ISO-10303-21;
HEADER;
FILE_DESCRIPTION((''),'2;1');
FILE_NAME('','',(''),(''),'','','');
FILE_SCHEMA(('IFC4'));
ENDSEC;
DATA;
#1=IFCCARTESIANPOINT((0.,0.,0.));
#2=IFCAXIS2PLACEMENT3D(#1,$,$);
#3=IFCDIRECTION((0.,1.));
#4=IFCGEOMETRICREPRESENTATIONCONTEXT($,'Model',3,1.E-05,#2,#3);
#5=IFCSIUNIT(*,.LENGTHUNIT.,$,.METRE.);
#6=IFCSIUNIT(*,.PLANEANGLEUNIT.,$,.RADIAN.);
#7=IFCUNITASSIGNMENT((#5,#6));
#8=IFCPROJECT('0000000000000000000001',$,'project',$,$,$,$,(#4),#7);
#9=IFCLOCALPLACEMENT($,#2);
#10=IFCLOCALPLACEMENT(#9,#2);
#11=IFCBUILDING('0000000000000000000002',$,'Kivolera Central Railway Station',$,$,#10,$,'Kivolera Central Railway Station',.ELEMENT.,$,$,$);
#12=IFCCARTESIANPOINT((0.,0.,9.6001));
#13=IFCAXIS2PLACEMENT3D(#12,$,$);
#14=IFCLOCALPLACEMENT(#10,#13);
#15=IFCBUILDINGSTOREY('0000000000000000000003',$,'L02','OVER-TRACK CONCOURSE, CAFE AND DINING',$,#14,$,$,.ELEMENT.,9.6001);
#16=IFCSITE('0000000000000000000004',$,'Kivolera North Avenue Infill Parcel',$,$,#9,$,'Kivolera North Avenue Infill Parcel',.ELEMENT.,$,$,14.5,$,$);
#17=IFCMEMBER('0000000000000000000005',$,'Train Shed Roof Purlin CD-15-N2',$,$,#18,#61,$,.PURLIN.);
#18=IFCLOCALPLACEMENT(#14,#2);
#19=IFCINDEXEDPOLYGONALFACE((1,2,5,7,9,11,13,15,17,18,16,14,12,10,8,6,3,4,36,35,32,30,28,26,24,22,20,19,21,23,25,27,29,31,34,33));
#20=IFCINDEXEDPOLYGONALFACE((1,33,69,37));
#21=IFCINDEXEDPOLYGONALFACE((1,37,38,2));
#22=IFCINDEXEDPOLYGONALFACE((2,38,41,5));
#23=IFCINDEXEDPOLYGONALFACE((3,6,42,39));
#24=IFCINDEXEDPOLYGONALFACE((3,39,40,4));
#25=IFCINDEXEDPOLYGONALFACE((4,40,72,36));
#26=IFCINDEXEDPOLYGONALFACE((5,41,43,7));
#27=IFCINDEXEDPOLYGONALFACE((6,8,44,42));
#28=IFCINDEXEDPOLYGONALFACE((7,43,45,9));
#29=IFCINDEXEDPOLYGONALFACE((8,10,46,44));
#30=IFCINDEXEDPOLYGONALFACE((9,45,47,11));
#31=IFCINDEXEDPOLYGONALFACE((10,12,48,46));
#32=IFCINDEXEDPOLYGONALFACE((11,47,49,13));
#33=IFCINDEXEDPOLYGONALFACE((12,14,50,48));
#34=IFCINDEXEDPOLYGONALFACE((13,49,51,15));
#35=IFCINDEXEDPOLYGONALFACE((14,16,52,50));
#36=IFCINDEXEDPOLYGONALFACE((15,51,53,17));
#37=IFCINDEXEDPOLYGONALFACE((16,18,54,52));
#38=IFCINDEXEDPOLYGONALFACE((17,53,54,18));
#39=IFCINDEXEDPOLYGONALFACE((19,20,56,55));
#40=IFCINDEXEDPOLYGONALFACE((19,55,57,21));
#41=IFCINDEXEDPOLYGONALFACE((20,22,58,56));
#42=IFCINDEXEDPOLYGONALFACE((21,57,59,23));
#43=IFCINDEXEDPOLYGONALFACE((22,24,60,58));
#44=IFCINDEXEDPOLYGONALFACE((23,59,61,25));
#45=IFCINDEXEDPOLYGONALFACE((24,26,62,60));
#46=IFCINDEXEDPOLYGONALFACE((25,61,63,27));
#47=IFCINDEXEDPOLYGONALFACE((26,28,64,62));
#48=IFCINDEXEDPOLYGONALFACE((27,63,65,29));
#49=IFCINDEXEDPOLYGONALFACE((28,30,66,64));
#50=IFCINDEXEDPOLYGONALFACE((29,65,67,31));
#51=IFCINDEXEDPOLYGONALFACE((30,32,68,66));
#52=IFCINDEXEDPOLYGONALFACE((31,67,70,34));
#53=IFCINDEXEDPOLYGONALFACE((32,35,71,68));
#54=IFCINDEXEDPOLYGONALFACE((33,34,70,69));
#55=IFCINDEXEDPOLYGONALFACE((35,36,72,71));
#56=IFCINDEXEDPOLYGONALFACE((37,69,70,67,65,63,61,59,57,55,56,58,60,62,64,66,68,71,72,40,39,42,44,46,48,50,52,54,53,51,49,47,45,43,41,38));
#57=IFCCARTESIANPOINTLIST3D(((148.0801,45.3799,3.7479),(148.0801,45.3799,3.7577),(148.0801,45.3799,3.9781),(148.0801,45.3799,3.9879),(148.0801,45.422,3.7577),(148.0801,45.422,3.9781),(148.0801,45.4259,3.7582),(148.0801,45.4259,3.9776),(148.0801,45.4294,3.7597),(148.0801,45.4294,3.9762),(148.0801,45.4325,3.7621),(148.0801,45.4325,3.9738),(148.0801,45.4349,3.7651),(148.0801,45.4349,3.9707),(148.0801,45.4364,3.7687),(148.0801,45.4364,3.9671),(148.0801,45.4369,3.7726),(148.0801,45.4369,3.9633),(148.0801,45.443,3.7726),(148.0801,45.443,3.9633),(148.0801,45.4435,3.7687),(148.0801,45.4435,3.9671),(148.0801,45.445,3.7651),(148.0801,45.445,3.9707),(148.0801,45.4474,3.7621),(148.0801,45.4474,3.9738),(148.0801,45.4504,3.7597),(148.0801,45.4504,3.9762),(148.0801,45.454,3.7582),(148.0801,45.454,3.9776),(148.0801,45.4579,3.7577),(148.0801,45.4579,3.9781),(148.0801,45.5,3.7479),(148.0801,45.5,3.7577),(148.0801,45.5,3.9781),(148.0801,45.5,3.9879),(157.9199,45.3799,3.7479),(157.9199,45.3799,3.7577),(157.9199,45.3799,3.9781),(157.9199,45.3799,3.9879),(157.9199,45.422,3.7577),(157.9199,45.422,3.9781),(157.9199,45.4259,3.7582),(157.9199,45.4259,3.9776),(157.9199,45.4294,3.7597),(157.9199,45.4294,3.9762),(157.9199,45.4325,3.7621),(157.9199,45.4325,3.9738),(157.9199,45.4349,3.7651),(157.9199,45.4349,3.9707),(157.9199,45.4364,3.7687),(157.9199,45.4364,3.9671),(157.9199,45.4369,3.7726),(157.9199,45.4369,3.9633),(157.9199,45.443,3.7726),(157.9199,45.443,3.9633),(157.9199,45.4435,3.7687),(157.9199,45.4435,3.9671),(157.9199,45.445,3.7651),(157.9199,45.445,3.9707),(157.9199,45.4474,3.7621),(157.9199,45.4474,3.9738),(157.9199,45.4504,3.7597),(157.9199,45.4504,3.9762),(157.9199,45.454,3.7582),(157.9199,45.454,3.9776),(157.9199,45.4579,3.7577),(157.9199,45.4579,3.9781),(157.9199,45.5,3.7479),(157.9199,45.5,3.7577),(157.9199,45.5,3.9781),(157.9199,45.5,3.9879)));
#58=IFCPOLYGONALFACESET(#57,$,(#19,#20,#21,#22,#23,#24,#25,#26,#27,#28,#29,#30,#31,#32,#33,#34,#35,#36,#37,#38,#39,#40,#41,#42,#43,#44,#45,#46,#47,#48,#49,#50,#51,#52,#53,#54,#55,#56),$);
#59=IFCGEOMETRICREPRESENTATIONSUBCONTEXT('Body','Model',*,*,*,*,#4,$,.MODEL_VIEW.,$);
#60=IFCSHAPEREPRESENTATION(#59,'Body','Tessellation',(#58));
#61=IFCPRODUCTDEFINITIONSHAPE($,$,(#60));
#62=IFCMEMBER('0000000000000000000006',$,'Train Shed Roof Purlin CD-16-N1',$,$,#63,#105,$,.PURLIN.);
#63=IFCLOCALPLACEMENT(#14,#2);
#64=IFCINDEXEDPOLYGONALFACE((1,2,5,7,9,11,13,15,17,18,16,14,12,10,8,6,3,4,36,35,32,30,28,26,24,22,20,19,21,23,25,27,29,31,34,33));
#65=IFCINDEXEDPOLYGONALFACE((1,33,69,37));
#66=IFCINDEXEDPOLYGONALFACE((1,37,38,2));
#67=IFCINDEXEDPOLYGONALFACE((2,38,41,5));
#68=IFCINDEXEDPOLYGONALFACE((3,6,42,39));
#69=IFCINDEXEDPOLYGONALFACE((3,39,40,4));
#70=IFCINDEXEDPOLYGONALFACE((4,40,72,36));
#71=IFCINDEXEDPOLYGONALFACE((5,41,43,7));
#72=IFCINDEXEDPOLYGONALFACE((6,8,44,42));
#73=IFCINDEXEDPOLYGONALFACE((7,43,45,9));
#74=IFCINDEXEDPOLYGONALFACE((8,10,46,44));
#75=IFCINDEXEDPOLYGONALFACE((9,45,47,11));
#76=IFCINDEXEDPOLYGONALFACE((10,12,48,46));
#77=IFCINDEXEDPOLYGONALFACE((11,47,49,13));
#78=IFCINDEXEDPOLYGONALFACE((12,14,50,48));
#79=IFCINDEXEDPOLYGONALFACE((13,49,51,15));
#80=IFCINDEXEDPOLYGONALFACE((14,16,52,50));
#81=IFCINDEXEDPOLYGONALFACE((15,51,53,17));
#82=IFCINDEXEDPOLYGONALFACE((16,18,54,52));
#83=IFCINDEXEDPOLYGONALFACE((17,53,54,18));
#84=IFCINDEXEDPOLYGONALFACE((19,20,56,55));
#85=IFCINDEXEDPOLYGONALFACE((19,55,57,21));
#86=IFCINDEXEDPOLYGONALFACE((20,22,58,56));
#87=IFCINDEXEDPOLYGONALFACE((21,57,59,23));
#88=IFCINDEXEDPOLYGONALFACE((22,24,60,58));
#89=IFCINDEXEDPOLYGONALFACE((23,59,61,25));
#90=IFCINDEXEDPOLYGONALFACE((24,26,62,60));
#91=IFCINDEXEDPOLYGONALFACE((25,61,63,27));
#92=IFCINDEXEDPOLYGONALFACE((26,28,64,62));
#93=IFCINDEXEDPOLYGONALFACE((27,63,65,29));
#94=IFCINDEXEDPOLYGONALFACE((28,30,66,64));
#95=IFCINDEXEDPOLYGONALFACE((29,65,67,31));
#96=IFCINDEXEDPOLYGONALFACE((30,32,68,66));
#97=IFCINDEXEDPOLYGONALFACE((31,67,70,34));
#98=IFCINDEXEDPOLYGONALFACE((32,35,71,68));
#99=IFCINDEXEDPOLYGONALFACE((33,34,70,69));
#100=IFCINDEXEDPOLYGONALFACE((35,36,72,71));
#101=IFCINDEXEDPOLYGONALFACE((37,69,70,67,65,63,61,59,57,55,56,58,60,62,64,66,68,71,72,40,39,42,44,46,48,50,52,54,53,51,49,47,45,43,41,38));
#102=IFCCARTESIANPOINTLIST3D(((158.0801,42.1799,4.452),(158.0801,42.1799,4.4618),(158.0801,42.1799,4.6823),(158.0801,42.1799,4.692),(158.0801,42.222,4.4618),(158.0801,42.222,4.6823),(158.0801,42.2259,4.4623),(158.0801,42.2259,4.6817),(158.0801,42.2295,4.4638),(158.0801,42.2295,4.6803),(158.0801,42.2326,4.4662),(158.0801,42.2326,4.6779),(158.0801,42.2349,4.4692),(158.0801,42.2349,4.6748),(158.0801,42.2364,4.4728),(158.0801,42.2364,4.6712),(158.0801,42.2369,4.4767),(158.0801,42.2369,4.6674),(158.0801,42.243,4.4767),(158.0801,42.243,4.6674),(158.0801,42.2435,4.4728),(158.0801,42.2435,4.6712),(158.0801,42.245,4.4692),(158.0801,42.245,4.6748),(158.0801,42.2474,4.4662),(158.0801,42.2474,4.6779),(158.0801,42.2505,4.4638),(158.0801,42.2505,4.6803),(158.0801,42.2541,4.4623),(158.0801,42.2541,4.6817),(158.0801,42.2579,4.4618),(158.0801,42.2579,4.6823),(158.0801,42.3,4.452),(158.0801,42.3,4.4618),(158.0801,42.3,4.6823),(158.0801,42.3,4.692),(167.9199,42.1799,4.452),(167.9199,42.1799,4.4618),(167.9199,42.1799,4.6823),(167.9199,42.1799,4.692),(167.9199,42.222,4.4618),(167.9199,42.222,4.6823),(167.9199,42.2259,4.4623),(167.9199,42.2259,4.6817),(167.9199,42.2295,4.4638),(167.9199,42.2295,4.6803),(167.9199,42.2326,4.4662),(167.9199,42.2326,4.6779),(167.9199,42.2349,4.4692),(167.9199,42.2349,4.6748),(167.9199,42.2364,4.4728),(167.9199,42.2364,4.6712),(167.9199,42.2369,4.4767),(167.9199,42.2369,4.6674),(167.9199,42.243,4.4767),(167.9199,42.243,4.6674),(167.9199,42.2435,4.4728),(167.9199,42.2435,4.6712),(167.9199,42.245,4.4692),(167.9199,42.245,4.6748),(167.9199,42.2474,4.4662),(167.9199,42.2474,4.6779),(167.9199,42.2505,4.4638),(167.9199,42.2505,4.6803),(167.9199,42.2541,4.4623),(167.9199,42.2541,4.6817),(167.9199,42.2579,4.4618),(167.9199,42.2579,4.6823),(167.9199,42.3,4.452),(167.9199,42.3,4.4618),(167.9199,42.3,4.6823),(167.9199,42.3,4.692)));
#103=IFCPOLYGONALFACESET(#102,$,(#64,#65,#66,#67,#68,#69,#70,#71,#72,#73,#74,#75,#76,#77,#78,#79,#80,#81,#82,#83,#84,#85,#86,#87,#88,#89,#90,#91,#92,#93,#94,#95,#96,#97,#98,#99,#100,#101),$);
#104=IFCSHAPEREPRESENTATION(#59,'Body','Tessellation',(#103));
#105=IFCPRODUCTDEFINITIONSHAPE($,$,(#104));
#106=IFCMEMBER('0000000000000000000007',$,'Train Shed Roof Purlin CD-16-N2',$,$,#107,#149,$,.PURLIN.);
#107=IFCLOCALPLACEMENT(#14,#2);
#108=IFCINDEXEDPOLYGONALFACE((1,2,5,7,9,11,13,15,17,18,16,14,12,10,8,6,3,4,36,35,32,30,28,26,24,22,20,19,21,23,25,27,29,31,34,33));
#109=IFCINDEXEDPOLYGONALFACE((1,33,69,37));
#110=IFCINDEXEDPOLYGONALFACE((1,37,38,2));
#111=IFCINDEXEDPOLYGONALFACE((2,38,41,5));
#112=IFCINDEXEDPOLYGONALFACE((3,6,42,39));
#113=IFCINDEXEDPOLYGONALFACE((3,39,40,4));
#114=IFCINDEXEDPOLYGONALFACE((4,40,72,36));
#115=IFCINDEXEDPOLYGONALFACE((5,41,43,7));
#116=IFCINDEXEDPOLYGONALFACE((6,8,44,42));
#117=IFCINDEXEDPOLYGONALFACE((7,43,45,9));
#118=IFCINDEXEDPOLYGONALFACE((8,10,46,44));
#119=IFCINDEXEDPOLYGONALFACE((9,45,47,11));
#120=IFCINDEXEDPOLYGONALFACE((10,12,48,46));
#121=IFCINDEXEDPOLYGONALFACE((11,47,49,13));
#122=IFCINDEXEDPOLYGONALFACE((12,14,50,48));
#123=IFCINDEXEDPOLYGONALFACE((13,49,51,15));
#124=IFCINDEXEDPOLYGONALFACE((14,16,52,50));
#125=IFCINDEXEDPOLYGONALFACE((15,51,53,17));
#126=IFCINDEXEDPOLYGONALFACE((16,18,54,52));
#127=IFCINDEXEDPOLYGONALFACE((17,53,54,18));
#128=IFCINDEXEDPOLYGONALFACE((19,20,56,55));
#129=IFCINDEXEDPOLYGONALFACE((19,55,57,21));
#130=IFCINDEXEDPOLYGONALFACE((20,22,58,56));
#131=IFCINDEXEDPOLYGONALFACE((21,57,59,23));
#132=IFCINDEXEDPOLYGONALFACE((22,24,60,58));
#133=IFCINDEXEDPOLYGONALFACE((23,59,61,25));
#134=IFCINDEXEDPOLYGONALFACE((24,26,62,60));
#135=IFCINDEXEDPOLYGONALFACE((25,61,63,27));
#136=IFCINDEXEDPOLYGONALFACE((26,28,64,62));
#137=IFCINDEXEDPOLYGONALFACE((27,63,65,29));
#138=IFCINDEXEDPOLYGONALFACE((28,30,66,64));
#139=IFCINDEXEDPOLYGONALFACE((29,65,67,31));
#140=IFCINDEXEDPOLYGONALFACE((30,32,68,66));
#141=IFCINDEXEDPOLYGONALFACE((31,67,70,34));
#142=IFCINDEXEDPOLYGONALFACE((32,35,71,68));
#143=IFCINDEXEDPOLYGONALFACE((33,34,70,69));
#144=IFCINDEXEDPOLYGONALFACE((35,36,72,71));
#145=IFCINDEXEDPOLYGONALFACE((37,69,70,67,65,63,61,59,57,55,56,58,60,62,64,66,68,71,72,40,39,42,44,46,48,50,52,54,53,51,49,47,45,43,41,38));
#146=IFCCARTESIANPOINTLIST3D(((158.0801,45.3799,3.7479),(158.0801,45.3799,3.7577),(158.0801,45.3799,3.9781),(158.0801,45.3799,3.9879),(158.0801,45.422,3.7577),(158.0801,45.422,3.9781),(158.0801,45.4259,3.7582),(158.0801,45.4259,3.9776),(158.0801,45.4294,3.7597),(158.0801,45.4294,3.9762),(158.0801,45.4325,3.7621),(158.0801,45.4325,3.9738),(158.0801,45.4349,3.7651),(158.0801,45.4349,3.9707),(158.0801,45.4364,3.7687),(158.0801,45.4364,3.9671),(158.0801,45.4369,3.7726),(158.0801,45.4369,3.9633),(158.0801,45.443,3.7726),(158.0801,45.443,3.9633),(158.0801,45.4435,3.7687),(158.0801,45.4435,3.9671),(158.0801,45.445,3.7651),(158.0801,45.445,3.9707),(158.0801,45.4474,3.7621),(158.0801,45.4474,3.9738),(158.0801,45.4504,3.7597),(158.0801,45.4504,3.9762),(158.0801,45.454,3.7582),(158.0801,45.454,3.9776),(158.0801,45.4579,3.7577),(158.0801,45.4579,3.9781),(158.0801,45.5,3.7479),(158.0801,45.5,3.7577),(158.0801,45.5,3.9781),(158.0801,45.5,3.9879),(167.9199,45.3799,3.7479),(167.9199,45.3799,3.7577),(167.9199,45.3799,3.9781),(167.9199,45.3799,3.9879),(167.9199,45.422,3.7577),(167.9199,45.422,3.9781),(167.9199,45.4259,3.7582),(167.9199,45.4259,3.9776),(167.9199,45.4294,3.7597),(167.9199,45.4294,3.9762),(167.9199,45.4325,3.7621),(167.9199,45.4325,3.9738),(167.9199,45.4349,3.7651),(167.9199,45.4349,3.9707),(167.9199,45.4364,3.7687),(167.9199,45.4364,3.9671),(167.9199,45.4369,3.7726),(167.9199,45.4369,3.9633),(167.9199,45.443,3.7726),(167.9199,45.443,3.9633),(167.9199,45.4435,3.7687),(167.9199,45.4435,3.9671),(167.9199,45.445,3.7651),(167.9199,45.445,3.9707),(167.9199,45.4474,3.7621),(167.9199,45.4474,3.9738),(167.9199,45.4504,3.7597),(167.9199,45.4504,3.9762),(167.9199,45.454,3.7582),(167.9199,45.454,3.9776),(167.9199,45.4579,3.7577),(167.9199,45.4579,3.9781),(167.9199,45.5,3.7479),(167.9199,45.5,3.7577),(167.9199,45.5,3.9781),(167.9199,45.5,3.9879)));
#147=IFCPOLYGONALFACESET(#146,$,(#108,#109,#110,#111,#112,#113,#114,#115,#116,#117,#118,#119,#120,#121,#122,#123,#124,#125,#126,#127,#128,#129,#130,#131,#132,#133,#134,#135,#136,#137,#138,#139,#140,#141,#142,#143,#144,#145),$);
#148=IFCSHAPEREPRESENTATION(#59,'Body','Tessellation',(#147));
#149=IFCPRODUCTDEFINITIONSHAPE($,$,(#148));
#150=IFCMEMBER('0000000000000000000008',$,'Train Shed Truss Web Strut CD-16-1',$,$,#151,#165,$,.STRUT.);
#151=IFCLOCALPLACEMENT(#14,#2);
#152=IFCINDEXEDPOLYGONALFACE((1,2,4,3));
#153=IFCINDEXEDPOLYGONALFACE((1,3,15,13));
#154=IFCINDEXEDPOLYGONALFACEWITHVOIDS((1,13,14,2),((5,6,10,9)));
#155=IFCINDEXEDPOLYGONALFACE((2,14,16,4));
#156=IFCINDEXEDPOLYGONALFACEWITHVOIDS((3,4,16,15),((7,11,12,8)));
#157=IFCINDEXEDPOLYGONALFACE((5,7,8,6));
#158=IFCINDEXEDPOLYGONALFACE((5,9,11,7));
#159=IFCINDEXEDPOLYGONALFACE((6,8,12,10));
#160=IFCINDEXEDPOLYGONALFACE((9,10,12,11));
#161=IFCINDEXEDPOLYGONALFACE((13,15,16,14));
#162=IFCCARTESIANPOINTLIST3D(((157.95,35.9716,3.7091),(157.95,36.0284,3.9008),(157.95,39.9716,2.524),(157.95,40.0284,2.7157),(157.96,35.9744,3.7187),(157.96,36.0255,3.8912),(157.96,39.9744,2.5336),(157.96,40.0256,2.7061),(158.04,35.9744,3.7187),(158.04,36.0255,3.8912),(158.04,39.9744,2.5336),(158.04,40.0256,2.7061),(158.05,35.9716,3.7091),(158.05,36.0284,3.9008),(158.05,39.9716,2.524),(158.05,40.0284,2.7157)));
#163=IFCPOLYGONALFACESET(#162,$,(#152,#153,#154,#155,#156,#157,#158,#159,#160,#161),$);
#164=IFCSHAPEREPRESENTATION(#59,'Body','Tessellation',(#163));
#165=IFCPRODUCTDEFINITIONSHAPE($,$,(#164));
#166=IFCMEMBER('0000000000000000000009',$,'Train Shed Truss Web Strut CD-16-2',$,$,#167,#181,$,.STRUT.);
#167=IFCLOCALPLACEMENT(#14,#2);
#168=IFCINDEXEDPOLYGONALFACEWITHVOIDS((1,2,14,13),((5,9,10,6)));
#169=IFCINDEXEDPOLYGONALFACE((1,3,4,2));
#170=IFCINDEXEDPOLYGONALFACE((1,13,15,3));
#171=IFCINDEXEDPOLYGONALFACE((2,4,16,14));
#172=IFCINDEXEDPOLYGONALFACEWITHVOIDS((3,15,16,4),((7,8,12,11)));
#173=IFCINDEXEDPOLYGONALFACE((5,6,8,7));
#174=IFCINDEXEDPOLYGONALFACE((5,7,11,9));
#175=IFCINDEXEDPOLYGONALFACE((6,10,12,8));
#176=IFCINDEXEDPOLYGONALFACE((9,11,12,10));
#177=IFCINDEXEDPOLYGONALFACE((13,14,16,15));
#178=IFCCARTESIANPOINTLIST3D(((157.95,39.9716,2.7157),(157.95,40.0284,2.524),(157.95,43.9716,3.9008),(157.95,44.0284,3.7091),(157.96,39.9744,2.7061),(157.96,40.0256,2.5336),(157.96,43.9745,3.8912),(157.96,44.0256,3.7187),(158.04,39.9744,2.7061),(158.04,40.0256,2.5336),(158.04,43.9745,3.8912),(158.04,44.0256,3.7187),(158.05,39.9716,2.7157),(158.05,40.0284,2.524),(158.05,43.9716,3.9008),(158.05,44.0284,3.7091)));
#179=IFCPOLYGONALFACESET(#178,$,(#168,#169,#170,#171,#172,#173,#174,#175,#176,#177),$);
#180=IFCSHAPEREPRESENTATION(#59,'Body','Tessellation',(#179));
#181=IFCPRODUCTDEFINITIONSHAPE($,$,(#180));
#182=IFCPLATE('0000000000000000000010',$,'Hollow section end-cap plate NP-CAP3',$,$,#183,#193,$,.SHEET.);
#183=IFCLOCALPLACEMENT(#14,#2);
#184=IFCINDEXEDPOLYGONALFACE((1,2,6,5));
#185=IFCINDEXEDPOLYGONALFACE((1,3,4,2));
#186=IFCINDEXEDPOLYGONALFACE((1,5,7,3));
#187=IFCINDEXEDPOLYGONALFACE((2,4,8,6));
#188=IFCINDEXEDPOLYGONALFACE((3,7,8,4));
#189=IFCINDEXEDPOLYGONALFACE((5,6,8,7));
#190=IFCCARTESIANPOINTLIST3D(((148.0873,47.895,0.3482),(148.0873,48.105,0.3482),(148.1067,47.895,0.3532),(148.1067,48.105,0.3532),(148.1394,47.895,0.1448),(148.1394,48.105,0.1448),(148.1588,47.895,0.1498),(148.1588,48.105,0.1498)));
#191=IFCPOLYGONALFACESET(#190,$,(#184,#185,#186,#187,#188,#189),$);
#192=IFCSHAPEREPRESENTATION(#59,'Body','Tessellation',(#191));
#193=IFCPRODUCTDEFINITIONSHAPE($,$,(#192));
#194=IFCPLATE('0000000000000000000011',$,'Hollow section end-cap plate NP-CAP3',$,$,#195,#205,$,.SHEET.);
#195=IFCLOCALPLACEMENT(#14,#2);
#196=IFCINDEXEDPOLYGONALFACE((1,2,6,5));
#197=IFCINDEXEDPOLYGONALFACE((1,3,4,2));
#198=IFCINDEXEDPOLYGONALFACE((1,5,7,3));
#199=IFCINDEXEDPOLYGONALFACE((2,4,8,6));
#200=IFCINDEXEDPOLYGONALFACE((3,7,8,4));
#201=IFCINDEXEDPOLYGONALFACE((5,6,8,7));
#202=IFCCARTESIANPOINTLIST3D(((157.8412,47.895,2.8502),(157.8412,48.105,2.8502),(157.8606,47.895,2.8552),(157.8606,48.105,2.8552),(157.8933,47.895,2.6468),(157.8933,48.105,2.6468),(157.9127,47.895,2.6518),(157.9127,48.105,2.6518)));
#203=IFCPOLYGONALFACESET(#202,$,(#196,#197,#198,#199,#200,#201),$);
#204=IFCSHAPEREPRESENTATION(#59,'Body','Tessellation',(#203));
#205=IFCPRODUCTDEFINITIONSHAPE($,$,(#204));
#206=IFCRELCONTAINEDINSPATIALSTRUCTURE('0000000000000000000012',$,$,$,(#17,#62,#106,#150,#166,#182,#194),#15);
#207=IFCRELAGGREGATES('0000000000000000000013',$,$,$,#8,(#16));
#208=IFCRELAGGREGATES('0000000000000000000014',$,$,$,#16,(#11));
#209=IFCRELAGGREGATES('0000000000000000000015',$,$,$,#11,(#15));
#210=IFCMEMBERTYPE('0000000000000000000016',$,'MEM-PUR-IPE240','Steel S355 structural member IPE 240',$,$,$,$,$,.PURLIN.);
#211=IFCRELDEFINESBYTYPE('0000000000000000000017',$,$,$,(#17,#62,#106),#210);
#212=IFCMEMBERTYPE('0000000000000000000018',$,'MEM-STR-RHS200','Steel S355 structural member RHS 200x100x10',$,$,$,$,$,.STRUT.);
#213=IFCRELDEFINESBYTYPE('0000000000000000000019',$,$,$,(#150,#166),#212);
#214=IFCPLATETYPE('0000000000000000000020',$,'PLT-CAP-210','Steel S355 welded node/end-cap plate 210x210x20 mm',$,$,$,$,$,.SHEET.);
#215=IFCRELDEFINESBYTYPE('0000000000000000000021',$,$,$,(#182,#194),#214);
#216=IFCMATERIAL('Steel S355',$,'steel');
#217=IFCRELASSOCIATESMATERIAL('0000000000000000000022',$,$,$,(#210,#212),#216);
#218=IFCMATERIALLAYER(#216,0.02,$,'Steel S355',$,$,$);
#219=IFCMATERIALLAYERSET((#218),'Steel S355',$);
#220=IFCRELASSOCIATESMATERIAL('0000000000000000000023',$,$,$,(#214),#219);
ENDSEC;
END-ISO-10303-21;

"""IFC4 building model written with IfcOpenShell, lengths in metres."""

from ifc_helpers import new_model, si_unit, direction, frame, origin, origin_2d, place, context, subcontext, project, spatial, rectangle, hollow_rectangle, i_section, extrude, material, layer, layer_set, material_profile, profile_set, type_object, element, save


model = new_model("IFC4")

# Units and contexts
model_context = context("Model", 3, precision=1e-05, world=origin(), true_north=direction((0.0, 1.0)))
body_context = subcontext(model_context, "Body", "Model", "MODEL_VIEW")
ifc_project = project(units=[si_unit("LENGTHUNIT", "METRE"), si_unit("PLANEANGLEUNIT", "RADIAN")], contexts=[model_context])

# Site, building, storey
site_placement = place(None, origin())
site = spatial("IfcSite", under=ifc_project, at=site_placement, Name="Kivolera North Avenue Infill Parcel", LongName="Kivolera North Avenue Infill Parcel", CompositionType="ELEMENT", RefElevation=14.5)
building_placement = place(site_placement, origin())
building = spatial("IfcBuilding", under=site, at=building_placement, Name="Kivolera Central Railway Station", LongName="Kivolera Central Railway Station", CompositionType="ELEMENT")
storey_placement = place(building_placement, frame((0.0, 0.0, 9.6001)))
storey = spatial("IfcBuildingStorey", under=building, at=storey_placement, Name="L02", Description="OVER-TRACK CONCOURSE, CAFE AND DINING", CompositionType="ELEMENT", Elevation=9.6001)

# Shared definitions
ifc_material_1 = material(Name="Steel S355", Category="steel")

# Members
ifc_material_profile_1 = material_profile(ifc_material_1, i_section(OverallWidth=0.1201, OverallDepth=0.24, WebThickness=0.0061, FlangeThickness=0.0098, FilletRadius=0.0149, at=origin_2d()), Name="IPE 240")
ifc_profile_set_1 = profile_set([ifc_material_profile_1], Name="Steel S355")
member_type_1 = type_object("IfcMemberType", Name="MEM-PUR-IPE240", Description="Steel S355 structural member IPE 240", PredefinedType="PURLIN", material=ifc_profile_set_1)
for number, where, z_axis, x_axis, name in (
    (1, (148.0801, 45.4399, 3.8679), (1.0, 0.0, 0.0), (0.0, 1.0, 0.0), "Train Shed Roof Purlin CD-15-N2"),
    (2, (158.0801, 42.24, 4.572), (1.0, 0.0, 0.0), (0.0, 1.0, 0.0), "Train Shed Roof Purlin CD-16-N1"),
    (3, (158.0801, 45.4399, 3.8679), (1.0, 0.0, 0.0), (0.0, 1.0, 0.0), "Train Shed Roof Purlin CD-16-N2"),
):
    element("IfcMember", number, at=place(storey_placement, frame(where, z_axis=z_axis, x_axis=x_axis)), inside=storey, type_object=member_type_1, Name=name, PredefinedType="PURLIN", context=body_context, shape_type="SweptSolid", body=[
        extrude(i_section(OverallWidth=0.1201, OverallDepth=0.24, WebThickness=0.0061, FlangeThickness=0.0098, FilletRadius=0.0149, at=origin_2d()), origin(), (0.0, 0.0, 1.0), 9.8398),
    ])
ifc_material_profile_2 = material_profile(ifc_material_1, hollow_rectangle(XDim=0.1001, YDim=0.2, WallThickness=0.01, at=origin_2d()), Name="RHS 200x100x10")
ifc_profile_set_2 = profile_set([ifc_material_profile_2], Name="Steel S355")
member_type_2 = type_object("IfcMemberType", Name="MEM-STR-RHS200", Description="Steel S355 structural member RHS 200x100x10", PredefinedType="STRUT", material=ifc_profile_set_2)
for number, where, z_axis, x_axis, name in (
    (4, (158.0, 40.0, 2.6199), (0.0, -0.958806, 0.28406), (1.0, 0.0, 0.0), "Train Shed Truss Web Strut CD-16-1"),
    (5, (158.0, 40.0, 2.6199), (0.0, 0.958806, 0.28406), (-1.0, 0.0, 0.0), "Train Shed Truss Web Strut CD-16-2"),
):
    element("IfcMember", number, at=place(storey_placement, frame(where, z_axis=z_axis, x_axis=x_axis)), inside=storey, type_object=member_type_2, Name=name, PredefinedType="STRUT", context=body_context, shape_type="SweptSolid", body=[
        extrude(hollow_rectangle(XDim=0.1001, YDim=0.2, WallThickness=0.01, at=origin_2d()), origin(), (0.0, 0.0, 1.0), 4.1719),
    ])

# Plates
ifc_layer_1 = layer(ifc_material_1, 0.02, Name="Steel S355")
ifc_layer_set_1 = layer_set([ifc_layer_1], Name="Steel S355")
plate_type_1 = type_object("IfcPlateType", Name="PLT-CAP-210", Description="Steel S355 welded node/end-cap plate 210x210x20 mm", PredefinedType="SHEET", material=ifc_layer_set_1)
for number, where, z_axis, x_axis, name in (
    (6, (148.123, 48.0, 0.249), (0.968639, 0.0, 0.248471), (0.0, 1.0, 0.0), "Hollow section end-cap plate NP-CAP3"),
    (7, (157.877, 48.0, 2.751), (0.968639, 0.0, 0.248471), (0.0, 1.0, 0.0), "Hollow section end-cap plate NP-CAP3"),
):
    element("IfcPlate", number, at=place(storey_placement, frame(where, z_axis=z_axis, x_axis=x_axis)), inside=storey, type_object=plate_type_1, Name=name, PredefinedType="SHEET", context=body_context, shape_type="SweptSolid", body=[
        extrude(rectangle(XDim=0.21, YDim=0.21, at=origin_2d()), frame((0.0, 0.0, -0.01)), (0.0, 0.0, 1.0), 0.02),
    ])

save(model, "model.ifc")
